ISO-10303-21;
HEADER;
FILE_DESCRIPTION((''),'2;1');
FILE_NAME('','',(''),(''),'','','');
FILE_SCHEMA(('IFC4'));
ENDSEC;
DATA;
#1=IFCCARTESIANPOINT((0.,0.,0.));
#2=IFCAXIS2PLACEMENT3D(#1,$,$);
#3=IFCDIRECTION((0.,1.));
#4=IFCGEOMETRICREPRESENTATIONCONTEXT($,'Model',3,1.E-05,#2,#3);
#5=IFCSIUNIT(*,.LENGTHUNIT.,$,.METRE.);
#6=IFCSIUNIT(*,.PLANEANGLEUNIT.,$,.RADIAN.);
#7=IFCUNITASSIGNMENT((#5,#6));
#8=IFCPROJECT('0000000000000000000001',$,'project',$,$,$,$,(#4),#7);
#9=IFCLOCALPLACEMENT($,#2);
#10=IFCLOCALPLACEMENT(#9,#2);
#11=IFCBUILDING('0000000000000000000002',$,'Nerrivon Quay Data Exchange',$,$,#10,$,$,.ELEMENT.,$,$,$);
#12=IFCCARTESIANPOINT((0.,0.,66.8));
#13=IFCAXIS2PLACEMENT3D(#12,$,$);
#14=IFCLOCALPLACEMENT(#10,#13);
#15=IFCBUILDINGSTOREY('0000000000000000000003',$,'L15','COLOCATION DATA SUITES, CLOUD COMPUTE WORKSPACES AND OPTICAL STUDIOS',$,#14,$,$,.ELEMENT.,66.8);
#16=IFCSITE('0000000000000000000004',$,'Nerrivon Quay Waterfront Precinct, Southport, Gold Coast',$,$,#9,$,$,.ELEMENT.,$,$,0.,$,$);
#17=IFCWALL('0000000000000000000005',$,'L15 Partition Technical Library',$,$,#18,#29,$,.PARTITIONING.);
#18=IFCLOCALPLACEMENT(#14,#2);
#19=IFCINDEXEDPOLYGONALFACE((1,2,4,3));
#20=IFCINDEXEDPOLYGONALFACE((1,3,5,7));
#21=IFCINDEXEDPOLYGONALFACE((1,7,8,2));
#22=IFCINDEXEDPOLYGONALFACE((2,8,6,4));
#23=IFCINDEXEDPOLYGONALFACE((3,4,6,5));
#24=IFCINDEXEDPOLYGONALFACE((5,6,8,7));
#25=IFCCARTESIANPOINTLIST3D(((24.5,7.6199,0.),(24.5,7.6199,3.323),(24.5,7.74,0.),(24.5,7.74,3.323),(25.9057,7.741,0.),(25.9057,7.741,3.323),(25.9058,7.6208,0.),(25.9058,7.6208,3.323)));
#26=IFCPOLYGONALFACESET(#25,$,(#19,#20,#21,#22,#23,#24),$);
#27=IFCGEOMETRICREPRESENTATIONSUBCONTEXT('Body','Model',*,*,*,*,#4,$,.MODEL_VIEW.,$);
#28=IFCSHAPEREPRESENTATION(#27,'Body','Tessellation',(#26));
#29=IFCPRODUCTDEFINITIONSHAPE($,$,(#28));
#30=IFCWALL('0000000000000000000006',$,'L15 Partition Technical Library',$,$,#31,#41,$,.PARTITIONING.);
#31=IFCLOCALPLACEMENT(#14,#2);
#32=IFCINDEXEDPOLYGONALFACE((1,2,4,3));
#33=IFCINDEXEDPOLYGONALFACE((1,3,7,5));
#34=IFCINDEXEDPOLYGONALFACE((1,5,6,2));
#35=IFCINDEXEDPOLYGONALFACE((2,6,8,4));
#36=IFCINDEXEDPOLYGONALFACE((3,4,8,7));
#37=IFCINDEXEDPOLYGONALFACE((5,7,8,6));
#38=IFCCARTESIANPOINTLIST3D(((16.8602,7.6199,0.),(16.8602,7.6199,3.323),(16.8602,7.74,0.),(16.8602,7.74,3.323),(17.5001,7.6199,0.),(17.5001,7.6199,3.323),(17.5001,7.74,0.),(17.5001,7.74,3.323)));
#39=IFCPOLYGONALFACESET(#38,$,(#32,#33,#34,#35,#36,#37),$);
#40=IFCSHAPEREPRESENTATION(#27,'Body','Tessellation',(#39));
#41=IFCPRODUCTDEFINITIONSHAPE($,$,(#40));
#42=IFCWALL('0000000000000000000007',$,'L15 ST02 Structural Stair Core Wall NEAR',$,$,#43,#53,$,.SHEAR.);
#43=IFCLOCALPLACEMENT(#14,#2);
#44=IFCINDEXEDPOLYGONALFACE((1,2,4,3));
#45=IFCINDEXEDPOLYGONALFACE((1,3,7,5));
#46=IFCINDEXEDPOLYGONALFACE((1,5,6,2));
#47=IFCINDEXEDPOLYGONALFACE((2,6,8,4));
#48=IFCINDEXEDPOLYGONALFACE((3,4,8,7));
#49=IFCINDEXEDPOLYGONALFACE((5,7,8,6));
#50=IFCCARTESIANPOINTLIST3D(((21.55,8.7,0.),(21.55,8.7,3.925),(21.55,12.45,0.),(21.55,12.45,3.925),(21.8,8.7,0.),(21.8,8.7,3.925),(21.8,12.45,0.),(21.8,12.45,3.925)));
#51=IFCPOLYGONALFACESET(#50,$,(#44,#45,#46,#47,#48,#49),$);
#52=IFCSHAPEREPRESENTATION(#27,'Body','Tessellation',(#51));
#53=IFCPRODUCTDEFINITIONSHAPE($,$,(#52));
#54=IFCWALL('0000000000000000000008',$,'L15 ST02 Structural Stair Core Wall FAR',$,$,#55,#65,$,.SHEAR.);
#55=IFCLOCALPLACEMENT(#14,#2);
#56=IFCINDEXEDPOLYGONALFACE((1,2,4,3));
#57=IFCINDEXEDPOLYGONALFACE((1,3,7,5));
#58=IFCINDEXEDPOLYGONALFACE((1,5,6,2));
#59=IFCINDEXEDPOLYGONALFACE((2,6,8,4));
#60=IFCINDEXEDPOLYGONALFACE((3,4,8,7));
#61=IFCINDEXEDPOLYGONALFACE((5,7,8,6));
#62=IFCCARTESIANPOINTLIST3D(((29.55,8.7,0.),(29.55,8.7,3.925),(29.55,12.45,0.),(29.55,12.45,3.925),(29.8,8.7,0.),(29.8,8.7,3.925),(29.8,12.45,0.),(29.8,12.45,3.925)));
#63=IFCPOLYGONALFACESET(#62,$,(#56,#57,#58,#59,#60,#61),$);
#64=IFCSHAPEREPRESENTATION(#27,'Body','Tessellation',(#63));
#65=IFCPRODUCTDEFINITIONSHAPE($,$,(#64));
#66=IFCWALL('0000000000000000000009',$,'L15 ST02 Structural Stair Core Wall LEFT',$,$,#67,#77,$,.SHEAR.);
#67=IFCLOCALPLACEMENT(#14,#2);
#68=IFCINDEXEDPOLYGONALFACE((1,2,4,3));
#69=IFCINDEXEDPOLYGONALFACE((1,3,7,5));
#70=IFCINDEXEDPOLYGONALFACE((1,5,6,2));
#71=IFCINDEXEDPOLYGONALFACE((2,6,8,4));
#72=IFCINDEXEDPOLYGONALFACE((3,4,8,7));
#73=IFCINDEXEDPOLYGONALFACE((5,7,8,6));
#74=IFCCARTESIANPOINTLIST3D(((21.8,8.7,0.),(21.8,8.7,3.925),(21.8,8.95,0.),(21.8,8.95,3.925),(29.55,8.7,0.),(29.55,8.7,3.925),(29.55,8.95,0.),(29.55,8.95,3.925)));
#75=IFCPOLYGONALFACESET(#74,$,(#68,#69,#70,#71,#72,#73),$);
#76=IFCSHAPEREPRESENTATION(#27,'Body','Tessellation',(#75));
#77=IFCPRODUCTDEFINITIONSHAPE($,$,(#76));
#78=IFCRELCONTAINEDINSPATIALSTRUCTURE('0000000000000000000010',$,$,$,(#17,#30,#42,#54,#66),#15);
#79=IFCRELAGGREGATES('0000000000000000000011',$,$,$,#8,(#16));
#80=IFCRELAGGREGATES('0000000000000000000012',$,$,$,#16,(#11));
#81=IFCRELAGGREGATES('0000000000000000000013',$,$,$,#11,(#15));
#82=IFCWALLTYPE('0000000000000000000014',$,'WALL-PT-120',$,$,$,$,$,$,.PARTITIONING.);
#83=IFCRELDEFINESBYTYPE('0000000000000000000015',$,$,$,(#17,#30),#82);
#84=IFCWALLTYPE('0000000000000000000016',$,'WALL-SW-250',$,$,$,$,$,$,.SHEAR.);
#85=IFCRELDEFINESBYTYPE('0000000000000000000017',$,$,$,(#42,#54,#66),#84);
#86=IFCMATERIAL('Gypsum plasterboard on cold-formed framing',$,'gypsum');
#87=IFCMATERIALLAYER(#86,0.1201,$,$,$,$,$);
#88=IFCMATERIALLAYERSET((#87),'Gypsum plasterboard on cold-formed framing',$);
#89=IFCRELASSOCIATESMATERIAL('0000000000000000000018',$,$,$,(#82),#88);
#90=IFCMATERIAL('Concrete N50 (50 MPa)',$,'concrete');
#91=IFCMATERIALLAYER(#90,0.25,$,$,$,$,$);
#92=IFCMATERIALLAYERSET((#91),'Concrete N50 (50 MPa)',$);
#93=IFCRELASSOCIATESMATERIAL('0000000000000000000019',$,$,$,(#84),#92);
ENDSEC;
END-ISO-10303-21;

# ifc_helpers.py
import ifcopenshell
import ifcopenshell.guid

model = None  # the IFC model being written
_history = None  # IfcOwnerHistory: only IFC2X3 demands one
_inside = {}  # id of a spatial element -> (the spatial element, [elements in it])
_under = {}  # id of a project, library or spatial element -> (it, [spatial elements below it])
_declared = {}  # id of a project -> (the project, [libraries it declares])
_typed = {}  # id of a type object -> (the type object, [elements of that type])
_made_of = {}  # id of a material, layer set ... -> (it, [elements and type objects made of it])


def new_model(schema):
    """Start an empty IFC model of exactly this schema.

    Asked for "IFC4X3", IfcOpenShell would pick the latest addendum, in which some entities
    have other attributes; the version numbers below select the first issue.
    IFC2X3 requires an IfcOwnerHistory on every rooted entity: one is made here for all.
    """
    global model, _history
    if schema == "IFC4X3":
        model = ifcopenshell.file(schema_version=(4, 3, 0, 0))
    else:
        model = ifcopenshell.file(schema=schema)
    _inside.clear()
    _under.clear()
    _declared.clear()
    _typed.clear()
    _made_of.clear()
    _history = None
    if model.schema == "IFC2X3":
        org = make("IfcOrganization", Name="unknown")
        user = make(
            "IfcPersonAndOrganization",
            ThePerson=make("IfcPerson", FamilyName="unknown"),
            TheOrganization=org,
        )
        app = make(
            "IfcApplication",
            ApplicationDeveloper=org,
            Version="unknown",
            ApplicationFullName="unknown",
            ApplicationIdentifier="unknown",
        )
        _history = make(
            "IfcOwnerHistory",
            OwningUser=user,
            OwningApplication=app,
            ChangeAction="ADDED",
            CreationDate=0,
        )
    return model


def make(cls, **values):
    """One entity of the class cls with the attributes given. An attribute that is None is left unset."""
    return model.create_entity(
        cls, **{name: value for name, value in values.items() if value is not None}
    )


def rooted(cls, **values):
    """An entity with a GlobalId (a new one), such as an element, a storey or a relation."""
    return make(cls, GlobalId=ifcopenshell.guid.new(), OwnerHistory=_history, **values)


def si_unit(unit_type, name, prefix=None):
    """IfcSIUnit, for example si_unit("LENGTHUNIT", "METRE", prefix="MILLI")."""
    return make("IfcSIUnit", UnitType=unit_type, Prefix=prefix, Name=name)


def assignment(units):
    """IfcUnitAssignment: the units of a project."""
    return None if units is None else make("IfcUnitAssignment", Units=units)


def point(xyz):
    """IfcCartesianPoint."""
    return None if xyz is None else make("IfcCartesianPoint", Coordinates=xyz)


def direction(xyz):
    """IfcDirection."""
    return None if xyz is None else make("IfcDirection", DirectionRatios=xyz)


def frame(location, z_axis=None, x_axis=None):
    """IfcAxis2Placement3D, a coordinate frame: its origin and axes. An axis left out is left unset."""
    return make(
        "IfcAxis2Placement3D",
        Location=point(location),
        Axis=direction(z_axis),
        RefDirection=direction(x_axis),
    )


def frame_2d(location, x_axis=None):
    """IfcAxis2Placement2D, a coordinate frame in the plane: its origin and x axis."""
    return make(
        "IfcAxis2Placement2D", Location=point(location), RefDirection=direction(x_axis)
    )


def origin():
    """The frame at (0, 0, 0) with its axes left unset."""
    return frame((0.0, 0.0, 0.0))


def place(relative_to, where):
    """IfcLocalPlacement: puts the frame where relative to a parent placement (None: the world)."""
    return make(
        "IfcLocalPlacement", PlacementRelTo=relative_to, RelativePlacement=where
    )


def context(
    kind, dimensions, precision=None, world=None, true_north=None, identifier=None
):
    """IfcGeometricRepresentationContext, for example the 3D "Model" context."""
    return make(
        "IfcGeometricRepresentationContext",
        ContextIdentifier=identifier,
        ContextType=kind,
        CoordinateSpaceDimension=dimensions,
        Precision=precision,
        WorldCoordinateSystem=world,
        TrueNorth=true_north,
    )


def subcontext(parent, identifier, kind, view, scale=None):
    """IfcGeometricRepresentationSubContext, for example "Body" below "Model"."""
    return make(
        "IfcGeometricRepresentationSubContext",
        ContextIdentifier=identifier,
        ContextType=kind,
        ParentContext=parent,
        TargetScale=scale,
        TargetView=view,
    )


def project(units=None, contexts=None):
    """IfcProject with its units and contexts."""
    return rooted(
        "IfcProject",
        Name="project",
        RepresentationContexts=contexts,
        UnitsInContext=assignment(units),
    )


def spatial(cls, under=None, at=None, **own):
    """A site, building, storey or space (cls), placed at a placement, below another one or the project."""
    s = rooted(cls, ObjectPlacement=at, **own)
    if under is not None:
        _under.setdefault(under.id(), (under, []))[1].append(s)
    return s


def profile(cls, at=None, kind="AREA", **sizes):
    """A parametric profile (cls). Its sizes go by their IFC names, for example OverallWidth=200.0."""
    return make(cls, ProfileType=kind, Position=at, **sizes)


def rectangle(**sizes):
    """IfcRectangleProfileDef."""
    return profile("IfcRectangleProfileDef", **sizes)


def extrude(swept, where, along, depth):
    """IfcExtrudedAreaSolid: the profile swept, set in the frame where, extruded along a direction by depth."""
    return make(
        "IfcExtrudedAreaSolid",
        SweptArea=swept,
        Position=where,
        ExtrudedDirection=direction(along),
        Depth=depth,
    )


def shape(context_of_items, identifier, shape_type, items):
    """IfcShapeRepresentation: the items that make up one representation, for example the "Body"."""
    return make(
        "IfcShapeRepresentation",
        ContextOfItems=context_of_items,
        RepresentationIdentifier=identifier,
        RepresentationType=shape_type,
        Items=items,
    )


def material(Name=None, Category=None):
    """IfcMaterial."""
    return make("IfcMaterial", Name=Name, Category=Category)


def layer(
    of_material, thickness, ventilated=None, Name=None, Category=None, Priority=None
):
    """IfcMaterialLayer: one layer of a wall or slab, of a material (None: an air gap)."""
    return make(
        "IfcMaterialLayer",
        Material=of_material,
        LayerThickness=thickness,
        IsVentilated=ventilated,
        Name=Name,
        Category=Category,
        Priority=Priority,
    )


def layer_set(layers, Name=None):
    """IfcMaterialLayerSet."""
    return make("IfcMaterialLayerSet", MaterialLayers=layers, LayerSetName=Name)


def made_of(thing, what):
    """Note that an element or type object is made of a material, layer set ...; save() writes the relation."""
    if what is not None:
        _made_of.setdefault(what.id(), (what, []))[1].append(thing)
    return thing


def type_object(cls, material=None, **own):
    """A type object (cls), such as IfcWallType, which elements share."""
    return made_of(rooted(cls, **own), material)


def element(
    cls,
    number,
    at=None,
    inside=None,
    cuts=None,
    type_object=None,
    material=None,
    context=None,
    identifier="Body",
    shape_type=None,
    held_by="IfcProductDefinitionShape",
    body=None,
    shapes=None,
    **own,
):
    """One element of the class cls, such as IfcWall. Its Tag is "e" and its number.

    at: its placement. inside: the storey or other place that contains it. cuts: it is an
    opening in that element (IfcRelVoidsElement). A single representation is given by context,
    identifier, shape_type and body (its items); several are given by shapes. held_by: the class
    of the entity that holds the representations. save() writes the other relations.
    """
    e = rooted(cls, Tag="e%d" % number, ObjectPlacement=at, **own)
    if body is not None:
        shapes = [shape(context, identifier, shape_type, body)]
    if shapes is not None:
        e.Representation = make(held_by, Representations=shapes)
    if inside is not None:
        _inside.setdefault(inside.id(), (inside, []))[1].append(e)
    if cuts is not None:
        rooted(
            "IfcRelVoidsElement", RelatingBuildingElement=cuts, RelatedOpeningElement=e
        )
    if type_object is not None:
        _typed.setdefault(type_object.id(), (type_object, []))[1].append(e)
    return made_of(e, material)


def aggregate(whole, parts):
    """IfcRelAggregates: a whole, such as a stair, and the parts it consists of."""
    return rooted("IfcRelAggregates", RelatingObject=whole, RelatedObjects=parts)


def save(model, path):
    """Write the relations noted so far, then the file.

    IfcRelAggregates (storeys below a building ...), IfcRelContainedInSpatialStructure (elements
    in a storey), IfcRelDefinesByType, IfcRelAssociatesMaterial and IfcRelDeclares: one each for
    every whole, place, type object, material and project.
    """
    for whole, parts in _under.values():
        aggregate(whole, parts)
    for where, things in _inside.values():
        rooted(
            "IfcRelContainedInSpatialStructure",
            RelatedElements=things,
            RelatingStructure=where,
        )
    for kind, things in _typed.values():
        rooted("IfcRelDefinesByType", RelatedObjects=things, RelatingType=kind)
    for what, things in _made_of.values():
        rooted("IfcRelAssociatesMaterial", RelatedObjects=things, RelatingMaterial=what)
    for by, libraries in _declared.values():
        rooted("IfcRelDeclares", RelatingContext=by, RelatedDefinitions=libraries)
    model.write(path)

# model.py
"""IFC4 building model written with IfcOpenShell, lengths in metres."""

from ifc_helpers import new_model, si_unit, direction, frame, frame_2d, origin, place, context, subcontext, project, spatial, rectangle, extrude, material, layer, layer_set, type_object, element, save


model = new_model("IFC4")

# Units and contexts
model_context = context("Model", 3, precision=1e-05, world=origin(), true_north=direction((0.0, 1.0)))
body_context = subcontext(model_context, "Body", "Model", "MODEL_VIEW")
ifc_project = project(units=[si_unit("LENGTHUNIT", "METRE"), si_unit("PLANEANGLEUNIT", "RADIAN")], contexts=[model_context])

# Site, building, storey
site_placement = place(None, origin())
site = spatial("IfcSite", under=ifc_project, at=site_placement, Name="Nerrivon Quay Waterfront Precinct, Southport, Gold Coast", CompositionType="ELEMENT", RefElevation=0.0)
building_placement = place(site_placement, origin())
building = spatial("IfcBuilding", under=site, at=building_placement, Name="Nerrivon Quay Data Exchange", CompositionType="ELEMENT")
storey_placement = place(building_placement, frame((0.0, 0.0, 66.8)))
storey = spatial("IfcBuildingStorey", under=building, at=storey_placement, Name="L15", Description="COLOCATION DATA SUITES, CLOUD COMPUTE WORKSPACES AND OPTICAL STUDIOS", CompositionType="ELEMENT", Elevation=66.8)

# Shared definitions
ifc_material_1 = material(Name="Concrete N50 (50 MPa)", Category="concrete")

# Walls
ifc_material_2 = material(Name="Gypsum plasterboard on cold-formed framing", Category="gypsum")
ifc_layer_1 = layer(ifc_material_2, 0.1201)
ifc_layer_set_1 = layer_set([ifc_layer_1], Name="Gypsum plasterboard on cold-formed framing")
wall_type_1 = type_object("IfcWallType", Name="WALL-PT-120", PredefinedType="PARTITIONING", material=ifc_layer_set_1)
wall_1_placement = place(storey_placement, frame((25.9058, 7.6809, 0.0), z_axis=(0.0, 0.0, 1.0), x_axis=(-1.0, -0.000695, 0.0)))
element("IfcWall", 1, at=wall_1_placement, inside=storey, type_object=wall_type_1, Name="L15 Partition Technical Library", PredefinedType="PARTITIONING", context=body_context, shape_type="SweptSolid", body=[
    extrude(rectangle(XDim=1.4058, YDim=0.1201, at=frame_2d((0.7029, 0.0))), origin(), (0.0, 0.0, 1.0), 3.323),
])
wall_2_placement = place(storey_placement, frame((17.5, 7.6799, 0.0), z_axis=(0.0, 0.0, 1.0), x_axis=(-1.0, 0.0, 0.0)))
element("IfcWall", 2, at=wall_2_placement, inside=storey, type_object=wall_type_1, Name="L15 Partition Technical Library", PredefinedType="PARTITIONING", context=body_context, shape_type="SweptSolid", body=[
    extrude(rectangle(XDim=0.6399, YDim=0.1201, at=frame_2d((0.3198, 0.0))), origin(), (0.0, 0.0, 1.0), 3.323),
])
ifc_layer_2 = layer(ifc_material_1, 0.25)
ifc_layer_set_2 = layer_set([ifc_layer_2], Name="Concrete N50 (50 MPa)")
wall_type_2 = type_object("IfcWallType", Name="WALL-SW-250", PredefinedType="SHEAR", material=ifc_layer_set_2)
for number, where, z_axis, x_axis, name in (
    (3, (21.675, 8.7, 0.0), (0.0, 0.0, 1.0), (0.0, 1.0, 0.0), "L15 ST02 Structural Stair Core Wall NEAR"),
    (4, (29.675, 8.7, 0.0), (0.0, 0.0, 1.0), (0.0, 1.0, 0.0), "L15 ST02 Structural Stair Core Wall FAR"),
):
    element("IfcWall", number, at=place(storey_placement, frame(where, z_axis=z_axis, x_axis=x_axis)), inside=storey, type_object=wall_type_2, Name=name, PredefinedType="SHEAR", context=body_context, shape_type="SweptSolid", body=[
        extrude(rectangle(XDim=3.75, YDim=0.25, at=frame_2d((1.875, 0.0))), origin(), (0.0, 0.0, 1.0), 3.925),
    ])
wall_3_placement = place(storey_placement, frame((21.8, 8.825, 0.0), z_axis=(0.0, 0.0, 1.0), x_axis=(1.0, 0.0, 0.0)))
element("IfcWall", 5, at=wall_3_placement, inside=storey, type_object=wall_type_2, Name="L15 ST02 Structural Stair Core Wall LEFT", PredefinedType="SHEAR", context=body_context, shape_type="SweptSolid", body=[
    extrude(rectangle(XDim=7.75, YDim=0.25, at=frame_2d((3.875, 0.0))), origin(), (0.0, 0.0, 1.0), 3.925),
])

save(model, "model.ifc")
